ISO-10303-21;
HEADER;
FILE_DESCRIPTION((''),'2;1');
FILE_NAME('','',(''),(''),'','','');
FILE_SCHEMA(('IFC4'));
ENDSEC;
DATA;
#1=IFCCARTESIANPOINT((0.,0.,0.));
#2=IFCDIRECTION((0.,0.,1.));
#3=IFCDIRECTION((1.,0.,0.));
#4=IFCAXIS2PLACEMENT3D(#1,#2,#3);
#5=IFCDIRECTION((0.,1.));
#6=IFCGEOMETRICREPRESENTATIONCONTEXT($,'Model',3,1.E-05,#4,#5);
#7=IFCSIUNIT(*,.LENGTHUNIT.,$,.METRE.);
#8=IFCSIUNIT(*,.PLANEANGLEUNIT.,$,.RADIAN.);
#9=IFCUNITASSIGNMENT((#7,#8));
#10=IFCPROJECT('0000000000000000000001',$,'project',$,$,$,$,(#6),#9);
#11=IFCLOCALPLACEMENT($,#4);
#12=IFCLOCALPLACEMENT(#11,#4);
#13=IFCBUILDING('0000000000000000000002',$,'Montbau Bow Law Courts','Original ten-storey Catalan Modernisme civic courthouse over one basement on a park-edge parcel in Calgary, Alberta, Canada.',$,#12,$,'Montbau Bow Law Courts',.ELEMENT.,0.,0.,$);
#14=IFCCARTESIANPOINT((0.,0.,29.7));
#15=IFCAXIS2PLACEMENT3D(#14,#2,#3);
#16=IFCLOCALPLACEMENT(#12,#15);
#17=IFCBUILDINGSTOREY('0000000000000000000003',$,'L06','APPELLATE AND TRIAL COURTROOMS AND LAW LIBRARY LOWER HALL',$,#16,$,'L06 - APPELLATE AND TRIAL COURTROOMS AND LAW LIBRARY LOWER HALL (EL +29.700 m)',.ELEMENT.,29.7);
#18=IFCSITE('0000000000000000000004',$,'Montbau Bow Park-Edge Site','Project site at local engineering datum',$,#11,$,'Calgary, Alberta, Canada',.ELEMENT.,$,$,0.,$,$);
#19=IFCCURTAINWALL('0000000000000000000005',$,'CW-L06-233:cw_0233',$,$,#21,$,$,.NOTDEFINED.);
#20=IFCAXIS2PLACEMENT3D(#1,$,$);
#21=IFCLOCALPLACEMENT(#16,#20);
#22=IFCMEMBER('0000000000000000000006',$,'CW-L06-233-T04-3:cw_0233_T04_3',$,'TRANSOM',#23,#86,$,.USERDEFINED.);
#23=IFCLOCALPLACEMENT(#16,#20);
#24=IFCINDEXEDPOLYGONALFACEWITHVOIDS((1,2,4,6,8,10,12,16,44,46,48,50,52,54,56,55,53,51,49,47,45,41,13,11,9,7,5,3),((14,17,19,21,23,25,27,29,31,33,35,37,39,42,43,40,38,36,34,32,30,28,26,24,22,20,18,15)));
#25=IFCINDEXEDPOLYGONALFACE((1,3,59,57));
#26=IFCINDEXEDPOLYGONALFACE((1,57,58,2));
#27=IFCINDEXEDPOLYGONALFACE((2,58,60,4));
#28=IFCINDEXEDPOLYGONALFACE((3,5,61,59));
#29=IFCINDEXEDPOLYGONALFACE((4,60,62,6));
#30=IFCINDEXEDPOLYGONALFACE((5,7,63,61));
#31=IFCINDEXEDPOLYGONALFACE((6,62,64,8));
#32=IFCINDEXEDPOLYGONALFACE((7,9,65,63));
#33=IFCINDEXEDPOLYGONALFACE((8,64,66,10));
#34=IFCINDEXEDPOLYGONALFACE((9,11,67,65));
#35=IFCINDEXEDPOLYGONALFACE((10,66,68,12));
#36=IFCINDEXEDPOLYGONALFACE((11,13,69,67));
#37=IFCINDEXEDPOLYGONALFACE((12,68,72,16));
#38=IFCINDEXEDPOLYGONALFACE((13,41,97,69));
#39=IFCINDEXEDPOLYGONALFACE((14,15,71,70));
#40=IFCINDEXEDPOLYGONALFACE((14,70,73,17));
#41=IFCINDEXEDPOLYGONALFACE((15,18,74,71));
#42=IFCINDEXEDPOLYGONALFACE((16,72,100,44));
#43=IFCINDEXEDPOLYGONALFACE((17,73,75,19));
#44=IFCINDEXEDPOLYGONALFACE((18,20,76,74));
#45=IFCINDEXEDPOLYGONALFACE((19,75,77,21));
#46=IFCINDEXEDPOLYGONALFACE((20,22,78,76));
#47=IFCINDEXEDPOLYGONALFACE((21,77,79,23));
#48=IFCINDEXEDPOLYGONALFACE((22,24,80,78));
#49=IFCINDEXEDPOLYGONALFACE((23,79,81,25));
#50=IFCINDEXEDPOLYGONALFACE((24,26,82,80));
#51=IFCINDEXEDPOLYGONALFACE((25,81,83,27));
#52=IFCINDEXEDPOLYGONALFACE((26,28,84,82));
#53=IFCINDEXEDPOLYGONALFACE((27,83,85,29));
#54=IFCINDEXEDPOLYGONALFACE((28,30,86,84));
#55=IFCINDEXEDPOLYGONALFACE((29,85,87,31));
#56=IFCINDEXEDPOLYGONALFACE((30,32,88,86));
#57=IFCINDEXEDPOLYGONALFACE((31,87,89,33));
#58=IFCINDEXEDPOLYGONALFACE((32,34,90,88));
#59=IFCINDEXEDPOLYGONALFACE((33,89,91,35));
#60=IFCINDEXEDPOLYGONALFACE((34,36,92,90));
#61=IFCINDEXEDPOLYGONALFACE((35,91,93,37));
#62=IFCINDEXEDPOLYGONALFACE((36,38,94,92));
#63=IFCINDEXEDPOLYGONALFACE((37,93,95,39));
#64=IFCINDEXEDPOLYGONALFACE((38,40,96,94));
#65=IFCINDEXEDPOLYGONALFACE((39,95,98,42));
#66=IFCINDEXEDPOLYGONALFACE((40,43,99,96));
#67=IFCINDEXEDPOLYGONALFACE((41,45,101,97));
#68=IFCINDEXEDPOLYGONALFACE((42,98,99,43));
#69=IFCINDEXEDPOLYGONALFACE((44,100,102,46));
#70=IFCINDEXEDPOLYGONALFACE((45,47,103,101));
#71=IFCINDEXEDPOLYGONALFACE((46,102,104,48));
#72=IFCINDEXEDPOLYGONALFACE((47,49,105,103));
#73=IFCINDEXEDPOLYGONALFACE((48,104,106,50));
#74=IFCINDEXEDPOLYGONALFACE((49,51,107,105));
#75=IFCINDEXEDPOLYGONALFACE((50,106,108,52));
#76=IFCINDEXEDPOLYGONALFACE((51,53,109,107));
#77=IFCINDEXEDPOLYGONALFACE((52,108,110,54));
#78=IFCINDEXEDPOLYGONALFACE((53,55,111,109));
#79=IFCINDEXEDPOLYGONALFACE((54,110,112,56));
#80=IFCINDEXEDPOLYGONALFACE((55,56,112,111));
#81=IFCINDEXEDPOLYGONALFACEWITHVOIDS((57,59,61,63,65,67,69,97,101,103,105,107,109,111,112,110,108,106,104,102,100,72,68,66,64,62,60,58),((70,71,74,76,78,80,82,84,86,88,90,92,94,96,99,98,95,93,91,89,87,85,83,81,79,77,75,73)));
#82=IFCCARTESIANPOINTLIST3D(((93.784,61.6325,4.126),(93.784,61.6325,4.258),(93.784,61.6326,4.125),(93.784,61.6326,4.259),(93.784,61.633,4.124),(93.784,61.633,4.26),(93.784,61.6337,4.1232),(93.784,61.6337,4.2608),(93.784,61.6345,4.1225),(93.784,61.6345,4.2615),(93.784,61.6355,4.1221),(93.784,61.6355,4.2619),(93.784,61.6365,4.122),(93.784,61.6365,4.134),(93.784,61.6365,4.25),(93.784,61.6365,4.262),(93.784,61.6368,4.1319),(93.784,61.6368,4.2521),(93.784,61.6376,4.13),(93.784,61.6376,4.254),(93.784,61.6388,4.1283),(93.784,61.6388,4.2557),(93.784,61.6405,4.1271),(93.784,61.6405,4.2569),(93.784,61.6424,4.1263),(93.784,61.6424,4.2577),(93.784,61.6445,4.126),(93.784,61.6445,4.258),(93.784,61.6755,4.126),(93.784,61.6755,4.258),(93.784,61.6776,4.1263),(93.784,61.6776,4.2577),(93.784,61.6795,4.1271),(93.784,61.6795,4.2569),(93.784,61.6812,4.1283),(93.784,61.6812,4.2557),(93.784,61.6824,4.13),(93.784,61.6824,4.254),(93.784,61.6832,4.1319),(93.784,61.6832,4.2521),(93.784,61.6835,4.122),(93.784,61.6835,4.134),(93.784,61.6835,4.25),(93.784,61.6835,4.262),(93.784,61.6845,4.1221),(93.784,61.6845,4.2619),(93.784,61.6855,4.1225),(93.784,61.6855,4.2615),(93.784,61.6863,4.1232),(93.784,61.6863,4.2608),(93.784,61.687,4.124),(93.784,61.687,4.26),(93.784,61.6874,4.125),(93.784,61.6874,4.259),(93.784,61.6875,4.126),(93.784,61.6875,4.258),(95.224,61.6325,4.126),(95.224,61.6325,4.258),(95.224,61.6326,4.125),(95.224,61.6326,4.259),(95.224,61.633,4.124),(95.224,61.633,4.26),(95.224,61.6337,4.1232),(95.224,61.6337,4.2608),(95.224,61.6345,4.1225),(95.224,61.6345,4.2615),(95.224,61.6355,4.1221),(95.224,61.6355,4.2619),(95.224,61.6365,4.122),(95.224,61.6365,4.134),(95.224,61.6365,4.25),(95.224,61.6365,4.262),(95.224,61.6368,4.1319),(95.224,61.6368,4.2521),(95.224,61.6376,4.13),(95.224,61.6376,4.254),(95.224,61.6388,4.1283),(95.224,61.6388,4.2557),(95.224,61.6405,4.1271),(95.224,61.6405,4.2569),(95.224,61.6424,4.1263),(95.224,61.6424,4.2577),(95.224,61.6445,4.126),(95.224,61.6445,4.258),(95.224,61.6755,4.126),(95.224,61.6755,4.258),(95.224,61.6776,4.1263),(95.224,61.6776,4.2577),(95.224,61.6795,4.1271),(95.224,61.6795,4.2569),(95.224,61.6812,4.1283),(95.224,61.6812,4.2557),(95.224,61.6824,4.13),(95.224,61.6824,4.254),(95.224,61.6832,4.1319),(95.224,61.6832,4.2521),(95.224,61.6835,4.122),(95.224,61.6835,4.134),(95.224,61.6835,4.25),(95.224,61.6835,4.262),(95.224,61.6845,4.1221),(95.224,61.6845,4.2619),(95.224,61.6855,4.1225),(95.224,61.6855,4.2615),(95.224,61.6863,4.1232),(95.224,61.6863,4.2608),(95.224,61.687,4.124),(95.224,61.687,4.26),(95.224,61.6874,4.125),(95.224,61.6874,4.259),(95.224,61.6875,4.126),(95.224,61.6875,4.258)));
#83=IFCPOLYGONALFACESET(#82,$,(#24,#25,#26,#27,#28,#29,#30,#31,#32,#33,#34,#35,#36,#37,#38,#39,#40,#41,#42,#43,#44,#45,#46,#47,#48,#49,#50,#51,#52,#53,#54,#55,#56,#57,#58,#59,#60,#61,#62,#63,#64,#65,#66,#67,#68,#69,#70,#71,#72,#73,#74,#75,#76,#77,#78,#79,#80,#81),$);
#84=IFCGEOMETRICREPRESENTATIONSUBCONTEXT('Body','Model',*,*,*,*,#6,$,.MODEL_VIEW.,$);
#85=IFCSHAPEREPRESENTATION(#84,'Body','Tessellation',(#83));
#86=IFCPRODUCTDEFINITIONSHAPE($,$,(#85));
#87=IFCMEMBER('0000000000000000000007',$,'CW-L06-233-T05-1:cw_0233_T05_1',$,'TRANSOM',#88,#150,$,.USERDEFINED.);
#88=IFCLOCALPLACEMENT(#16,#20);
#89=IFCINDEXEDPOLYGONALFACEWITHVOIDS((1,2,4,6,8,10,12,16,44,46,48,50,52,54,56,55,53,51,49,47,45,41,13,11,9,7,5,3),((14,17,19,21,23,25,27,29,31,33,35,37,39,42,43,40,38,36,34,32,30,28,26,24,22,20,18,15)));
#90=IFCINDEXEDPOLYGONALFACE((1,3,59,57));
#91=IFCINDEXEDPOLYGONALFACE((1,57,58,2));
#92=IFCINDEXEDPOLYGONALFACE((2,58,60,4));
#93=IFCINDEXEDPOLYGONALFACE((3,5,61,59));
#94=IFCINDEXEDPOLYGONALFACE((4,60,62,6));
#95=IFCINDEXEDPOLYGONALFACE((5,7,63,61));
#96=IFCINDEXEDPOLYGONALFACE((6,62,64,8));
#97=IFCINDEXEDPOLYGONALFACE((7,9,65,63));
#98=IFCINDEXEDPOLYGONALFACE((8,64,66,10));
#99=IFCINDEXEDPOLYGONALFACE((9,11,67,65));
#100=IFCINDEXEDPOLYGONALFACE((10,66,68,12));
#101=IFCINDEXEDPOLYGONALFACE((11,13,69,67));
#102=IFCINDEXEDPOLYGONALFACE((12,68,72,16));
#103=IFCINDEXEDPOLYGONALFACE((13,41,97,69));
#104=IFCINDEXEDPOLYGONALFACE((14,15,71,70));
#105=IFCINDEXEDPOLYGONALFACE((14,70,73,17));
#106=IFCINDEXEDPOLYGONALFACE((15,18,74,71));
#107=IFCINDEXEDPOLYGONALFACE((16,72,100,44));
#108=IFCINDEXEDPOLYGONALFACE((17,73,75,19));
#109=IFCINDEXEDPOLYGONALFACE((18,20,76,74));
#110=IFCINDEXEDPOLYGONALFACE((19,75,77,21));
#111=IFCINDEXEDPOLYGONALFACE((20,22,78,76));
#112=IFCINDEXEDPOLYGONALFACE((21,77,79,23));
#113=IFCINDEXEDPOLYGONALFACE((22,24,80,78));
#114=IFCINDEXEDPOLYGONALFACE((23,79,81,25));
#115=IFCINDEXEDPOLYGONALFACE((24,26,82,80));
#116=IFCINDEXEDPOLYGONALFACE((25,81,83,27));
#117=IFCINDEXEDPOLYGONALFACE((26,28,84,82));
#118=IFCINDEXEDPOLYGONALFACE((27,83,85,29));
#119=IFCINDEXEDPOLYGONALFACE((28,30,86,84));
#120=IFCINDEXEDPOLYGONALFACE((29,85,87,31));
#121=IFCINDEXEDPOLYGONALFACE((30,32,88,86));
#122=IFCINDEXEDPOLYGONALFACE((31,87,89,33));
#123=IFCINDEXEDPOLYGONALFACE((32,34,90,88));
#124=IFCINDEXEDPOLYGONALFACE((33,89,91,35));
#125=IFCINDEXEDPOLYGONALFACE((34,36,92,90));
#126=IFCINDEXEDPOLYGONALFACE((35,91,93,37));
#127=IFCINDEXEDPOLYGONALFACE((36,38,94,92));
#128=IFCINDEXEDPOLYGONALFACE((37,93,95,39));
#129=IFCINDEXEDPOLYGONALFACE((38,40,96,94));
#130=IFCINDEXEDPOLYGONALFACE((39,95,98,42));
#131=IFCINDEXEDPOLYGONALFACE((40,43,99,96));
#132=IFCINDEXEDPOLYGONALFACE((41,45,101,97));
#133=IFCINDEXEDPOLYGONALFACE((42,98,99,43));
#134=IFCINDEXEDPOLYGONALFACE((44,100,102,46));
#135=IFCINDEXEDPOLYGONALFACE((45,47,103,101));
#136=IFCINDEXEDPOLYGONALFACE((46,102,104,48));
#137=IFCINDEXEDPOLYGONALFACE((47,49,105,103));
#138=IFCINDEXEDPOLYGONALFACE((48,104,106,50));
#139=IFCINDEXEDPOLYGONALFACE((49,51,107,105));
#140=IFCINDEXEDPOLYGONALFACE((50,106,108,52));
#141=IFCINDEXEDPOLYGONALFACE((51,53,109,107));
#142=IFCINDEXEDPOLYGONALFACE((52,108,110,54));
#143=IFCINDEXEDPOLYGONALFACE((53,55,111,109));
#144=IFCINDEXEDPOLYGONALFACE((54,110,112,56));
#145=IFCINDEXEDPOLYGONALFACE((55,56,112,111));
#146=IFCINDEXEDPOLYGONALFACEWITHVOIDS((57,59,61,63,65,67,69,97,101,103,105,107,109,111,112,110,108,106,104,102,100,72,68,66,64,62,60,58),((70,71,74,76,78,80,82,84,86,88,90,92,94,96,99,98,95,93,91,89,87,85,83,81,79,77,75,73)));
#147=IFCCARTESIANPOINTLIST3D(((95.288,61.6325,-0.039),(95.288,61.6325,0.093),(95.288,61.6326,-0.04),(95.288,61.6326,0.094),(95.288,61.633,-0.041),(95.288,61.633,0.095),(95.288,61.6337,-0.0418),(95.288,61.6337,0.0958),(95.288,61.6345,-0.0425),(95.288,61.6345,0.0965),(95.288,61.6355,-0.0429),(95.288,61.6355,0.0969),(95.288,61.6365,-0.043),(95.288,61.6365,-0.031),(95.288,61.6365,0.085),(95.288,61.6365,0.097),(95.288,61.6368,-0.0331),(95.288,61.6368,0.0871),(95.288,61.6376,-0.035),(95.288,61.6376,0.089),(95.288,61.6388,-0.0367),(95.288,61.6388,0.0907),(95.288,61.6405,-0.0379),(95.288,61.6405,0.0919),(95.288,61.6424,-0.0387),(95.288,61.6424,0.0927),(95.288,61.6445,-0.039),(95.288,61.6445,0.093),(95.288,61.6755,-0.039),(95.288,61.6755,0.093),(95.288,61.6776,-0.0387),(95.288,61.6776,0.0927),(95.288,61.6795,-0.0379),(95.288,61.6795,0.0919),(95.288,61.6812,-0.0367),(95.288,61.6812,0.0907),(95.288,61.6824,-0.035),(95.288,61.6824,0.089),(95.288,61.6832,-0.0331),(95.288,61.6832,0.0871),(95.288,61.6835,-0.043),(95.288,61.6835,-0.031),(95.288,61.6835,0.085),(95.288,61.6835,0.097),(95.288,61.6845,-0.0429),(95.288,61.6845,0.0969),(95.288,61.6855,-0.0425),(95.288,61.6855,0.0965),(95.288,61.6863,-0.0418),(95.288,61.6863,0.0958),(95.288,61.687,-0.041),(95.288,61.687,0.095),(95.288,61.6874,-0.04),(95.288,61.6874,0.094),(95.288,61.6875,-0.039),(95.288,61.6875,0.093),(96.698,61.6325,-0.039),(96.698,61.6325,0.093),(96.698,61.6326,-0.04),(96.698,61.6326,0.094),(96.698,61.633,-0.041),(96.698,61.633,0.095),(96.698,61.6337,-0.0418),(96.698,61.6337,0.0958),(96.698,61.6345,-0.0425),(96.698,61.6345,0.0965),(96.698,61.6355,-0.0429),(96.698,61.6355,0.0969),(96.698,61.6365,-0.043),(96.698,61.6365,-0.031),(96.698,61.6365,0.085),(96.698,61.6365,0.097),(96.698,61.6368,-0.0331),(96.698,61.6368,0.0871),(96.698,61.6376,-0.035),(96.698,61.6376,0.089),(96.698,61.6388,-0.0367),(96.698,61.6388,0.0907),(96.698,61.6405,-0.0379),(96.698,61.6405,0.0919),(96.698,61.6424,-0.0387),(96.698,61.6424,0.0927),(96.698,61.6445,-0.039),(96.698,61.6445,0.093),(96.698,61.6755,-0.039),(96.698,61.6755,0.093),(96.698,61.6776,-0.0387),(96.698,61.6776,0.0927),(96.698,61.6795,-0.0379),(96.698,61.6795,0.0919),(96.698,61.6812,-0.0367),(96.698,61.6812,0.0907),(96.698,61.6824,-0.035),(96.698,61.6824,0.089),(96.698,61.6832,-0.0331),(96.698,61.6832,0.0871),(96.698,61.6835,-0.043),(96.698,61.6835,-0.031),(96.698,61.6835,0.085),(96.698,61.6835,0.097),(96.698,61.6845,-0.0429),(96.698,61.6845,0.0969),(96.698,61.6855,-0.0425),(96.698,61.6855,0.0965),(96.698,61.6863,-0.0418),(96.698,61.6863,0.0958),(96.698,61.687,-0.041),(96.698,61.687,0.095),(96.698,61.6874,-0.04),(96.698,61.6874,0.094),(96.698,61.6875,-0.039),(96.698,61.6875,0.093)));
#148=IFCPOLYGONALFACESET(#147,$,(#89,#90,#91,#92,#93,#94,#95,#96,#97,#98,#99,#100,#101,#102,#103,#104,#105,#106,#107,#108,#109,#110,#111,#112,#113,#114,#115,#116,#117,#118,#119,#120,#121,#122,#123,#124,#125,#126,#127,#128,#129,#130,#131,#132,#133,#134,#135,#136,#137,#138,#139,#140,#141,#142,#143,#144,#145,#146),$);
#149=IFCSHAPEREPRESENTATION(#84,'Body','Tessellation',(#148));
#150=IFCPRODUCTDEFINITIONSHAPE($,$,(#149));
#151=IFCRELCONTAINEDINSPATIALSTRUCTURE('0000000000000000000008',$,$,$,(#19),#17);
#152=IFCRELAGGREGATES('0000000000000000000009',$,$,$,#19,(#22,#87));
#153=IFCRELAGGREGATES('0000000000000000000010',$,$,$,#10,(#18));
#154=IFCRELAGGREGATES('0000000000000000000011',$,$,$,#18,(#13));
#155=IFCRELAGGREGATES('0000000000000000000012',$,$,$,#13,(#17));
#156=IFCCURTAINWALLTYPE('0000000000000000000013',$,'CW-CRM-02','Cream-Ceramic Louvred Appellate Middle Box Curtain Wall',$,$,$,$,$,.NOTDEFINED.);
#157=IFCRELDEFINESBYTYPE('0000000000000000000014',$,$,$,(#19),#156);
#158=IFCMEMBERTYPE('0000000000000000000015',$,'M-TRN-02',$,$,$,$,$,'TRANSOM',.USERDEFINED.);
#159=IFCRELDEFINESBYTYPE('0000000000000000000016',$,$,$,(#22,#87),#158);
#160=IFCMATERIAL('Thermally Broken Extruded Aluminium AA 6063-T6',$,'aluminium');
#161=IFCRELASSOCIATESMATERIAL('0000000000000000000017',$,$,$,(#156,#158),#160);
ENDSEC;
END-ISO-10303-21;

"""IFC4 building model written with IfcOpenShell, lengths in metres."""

from ifc_helpers import new_model, si_unit, direction, frame, origin_with_axes, origin_2d_with_axis, place, context, subcontext, project, spatial, hollow_rectangle, extrude, material, material_profile, profile_set, type_object, element, aggregate, save


model = new_model("IFC4")

# Units and contexts
model_context = context("Model", 3, precision=1e-05, world=origin_with_axes(), true_north=direction((0.0, 1.0)))
body_context = subcontext(model_context, "Body", "Model", "MODEL_VIEW")
ifc_project = project(units=[si_unit("LENGTHUNIT", "METRE"), si_unit("PLANEANGLEUNIT", "RADIAN")], contexts=[model_context])

# Site, building, storey
site_placement = place(None, origin_with_axes())
site = spatial("IfcSite", under=ifc_project, at=site_placement, Name="Montbau Bow Park-Edge Site", Description="Project site at local engineering datum", LongName="Calgary, Alberta, Canada", CompositionType="ELEMENT", RefElevation=0.0)
building_placement = place(site_placement, origin_with_axes())
building = spatial("IfcBuilding", under=site, at=building_placement, Name="Montbau Bow Law Courts", Description="Original ten-storey Catalan Modernisme civic courthouse over one basement on a park-edge parcel in Calgary, Alberta, Canada.", LongName="Montbau Bow Law Courts", CompositionType="ELEMENT", ElevationOfRefHeight=0.0, ElevationOfTerrain=0.0)
storey_placement = place(building_placement, frame((0.0, 0.0, 29.7), z_axis=(0.0, 0.0, 1.0), x_axis=(1.0, 0.0, 0.0)))
storey = spatial("IfcBuildingStorey", under=building, at=storey_placement, Name="L06", Description="APPELLATE AND TRIAL COURTROOMS AND LAW LIBRARY LOWER HALL", LongName="L06 - APPELLATE AND TRIAL COURTROOMS AND LAW LIBRARY LOWER HALL (EL +29.700 m)", CompositionType="ELEMENT", Elevation=29.7)

# Curtain wall, members
ifc_material_1 = material(Name="Thermally Broken Extruded Aluminium AA 6063-T6", Category="aluminium")
curtain_wall_type = type_object("IfcCurtainWallType", Name="CW-CRM-02", Description="Cream-Ceramic Louvred Appellate Middle Box Curtain Wall", PredefinedType="NOTDEFINED", material=ifc_material_1)
curtain_wall_placement = place(None, frame((89.24, 61.66, 29.7), z_axis=(0.0, 0.0, 1.0), x_axis=(1.0, 0.0, 0.0)))
curtain_wall = element("IfcCurtainWall", 1, at=curtain_wall_placement, inside=storey, type_object=curtain_wall_type, Name="CW-L06-233:cw_0233", PredefinedType="NOTDEFINED")
ifc_material_profile_1 = material_profile(ifc_material_1, hollow_rectangle(XDim=0.055, YDim=0.14, WallThickness=0.004, InnerFilletRadius=0.008, OuterFilletRadius=0.004, at=origin_2d_with_axis()), Name="CWT-140X55", Category="Main", Priority=0)
ifc_profile_set_1 = profile_set([ifc_material_profile_1], Name="Thermally Broken Extruded Aluminium AA 6063-T6")
member_type_1 = type_object("IfcMemberType", Name="M-TRN-02", ElementType="TRANSOM", PredefinedType="USERDEFINED", material=ifc_profile_set_1)
member_1_placement = place(None, frame((93.784, 61.66, 33.892), z_axis=(1.0, 0.0, 0.0), x_axis=(0.0, 1.0, 0.0)))
member_1 = element("IfcMember", 2, at=member_1_placement, type_object=member_type_1, Name="CW-L06-233-T04-3:cw_0233_T04_3", ObjectType="TRANSOM", PredefinedType="USERDEFINED", context=body_context, shape_type="SweptSolid", body=[
    extrude(hollow_rectangle(XDim=0.055, YDim=0.14, WallThickness=0.004, InnerFilletRadius=0.008, OuterFilletRadius=0.004, at=origin_2d_with_axis()), origin_with_axes(), (0.0, 0.0, 1.0), 1.44),
])
member_2_placement = place(None, frame((95.288, 61.66, 29.727), z_axis=(1.0, 0.0, 0.0), x_axis=(0.0, 1.0, 0.0)))
member_2 = element("IfcMember", 3, at=member_2_placement, type_object=member_type_1, Name="CW-L06-233-T05-1:cw_0233_T05_1", ObjectType="TRANSOM", PredefinedType="USERDEFINED", context=body_context, shape_type="SweptSolid", body=[
    extrude(hollow_rectangle(XDim=0.055, YDim=0.14, WallThickness=0.004, InnerFilletRadius=0.008, OuterFilletRadius=0.004, at=origin_2d_with_axis()), origin_with_axes(), (0.0, 0.0, 1.0), 1.41),
])
aggregate(curtain_wall, [member_1, member_2])

save(model, "model.ifc")
